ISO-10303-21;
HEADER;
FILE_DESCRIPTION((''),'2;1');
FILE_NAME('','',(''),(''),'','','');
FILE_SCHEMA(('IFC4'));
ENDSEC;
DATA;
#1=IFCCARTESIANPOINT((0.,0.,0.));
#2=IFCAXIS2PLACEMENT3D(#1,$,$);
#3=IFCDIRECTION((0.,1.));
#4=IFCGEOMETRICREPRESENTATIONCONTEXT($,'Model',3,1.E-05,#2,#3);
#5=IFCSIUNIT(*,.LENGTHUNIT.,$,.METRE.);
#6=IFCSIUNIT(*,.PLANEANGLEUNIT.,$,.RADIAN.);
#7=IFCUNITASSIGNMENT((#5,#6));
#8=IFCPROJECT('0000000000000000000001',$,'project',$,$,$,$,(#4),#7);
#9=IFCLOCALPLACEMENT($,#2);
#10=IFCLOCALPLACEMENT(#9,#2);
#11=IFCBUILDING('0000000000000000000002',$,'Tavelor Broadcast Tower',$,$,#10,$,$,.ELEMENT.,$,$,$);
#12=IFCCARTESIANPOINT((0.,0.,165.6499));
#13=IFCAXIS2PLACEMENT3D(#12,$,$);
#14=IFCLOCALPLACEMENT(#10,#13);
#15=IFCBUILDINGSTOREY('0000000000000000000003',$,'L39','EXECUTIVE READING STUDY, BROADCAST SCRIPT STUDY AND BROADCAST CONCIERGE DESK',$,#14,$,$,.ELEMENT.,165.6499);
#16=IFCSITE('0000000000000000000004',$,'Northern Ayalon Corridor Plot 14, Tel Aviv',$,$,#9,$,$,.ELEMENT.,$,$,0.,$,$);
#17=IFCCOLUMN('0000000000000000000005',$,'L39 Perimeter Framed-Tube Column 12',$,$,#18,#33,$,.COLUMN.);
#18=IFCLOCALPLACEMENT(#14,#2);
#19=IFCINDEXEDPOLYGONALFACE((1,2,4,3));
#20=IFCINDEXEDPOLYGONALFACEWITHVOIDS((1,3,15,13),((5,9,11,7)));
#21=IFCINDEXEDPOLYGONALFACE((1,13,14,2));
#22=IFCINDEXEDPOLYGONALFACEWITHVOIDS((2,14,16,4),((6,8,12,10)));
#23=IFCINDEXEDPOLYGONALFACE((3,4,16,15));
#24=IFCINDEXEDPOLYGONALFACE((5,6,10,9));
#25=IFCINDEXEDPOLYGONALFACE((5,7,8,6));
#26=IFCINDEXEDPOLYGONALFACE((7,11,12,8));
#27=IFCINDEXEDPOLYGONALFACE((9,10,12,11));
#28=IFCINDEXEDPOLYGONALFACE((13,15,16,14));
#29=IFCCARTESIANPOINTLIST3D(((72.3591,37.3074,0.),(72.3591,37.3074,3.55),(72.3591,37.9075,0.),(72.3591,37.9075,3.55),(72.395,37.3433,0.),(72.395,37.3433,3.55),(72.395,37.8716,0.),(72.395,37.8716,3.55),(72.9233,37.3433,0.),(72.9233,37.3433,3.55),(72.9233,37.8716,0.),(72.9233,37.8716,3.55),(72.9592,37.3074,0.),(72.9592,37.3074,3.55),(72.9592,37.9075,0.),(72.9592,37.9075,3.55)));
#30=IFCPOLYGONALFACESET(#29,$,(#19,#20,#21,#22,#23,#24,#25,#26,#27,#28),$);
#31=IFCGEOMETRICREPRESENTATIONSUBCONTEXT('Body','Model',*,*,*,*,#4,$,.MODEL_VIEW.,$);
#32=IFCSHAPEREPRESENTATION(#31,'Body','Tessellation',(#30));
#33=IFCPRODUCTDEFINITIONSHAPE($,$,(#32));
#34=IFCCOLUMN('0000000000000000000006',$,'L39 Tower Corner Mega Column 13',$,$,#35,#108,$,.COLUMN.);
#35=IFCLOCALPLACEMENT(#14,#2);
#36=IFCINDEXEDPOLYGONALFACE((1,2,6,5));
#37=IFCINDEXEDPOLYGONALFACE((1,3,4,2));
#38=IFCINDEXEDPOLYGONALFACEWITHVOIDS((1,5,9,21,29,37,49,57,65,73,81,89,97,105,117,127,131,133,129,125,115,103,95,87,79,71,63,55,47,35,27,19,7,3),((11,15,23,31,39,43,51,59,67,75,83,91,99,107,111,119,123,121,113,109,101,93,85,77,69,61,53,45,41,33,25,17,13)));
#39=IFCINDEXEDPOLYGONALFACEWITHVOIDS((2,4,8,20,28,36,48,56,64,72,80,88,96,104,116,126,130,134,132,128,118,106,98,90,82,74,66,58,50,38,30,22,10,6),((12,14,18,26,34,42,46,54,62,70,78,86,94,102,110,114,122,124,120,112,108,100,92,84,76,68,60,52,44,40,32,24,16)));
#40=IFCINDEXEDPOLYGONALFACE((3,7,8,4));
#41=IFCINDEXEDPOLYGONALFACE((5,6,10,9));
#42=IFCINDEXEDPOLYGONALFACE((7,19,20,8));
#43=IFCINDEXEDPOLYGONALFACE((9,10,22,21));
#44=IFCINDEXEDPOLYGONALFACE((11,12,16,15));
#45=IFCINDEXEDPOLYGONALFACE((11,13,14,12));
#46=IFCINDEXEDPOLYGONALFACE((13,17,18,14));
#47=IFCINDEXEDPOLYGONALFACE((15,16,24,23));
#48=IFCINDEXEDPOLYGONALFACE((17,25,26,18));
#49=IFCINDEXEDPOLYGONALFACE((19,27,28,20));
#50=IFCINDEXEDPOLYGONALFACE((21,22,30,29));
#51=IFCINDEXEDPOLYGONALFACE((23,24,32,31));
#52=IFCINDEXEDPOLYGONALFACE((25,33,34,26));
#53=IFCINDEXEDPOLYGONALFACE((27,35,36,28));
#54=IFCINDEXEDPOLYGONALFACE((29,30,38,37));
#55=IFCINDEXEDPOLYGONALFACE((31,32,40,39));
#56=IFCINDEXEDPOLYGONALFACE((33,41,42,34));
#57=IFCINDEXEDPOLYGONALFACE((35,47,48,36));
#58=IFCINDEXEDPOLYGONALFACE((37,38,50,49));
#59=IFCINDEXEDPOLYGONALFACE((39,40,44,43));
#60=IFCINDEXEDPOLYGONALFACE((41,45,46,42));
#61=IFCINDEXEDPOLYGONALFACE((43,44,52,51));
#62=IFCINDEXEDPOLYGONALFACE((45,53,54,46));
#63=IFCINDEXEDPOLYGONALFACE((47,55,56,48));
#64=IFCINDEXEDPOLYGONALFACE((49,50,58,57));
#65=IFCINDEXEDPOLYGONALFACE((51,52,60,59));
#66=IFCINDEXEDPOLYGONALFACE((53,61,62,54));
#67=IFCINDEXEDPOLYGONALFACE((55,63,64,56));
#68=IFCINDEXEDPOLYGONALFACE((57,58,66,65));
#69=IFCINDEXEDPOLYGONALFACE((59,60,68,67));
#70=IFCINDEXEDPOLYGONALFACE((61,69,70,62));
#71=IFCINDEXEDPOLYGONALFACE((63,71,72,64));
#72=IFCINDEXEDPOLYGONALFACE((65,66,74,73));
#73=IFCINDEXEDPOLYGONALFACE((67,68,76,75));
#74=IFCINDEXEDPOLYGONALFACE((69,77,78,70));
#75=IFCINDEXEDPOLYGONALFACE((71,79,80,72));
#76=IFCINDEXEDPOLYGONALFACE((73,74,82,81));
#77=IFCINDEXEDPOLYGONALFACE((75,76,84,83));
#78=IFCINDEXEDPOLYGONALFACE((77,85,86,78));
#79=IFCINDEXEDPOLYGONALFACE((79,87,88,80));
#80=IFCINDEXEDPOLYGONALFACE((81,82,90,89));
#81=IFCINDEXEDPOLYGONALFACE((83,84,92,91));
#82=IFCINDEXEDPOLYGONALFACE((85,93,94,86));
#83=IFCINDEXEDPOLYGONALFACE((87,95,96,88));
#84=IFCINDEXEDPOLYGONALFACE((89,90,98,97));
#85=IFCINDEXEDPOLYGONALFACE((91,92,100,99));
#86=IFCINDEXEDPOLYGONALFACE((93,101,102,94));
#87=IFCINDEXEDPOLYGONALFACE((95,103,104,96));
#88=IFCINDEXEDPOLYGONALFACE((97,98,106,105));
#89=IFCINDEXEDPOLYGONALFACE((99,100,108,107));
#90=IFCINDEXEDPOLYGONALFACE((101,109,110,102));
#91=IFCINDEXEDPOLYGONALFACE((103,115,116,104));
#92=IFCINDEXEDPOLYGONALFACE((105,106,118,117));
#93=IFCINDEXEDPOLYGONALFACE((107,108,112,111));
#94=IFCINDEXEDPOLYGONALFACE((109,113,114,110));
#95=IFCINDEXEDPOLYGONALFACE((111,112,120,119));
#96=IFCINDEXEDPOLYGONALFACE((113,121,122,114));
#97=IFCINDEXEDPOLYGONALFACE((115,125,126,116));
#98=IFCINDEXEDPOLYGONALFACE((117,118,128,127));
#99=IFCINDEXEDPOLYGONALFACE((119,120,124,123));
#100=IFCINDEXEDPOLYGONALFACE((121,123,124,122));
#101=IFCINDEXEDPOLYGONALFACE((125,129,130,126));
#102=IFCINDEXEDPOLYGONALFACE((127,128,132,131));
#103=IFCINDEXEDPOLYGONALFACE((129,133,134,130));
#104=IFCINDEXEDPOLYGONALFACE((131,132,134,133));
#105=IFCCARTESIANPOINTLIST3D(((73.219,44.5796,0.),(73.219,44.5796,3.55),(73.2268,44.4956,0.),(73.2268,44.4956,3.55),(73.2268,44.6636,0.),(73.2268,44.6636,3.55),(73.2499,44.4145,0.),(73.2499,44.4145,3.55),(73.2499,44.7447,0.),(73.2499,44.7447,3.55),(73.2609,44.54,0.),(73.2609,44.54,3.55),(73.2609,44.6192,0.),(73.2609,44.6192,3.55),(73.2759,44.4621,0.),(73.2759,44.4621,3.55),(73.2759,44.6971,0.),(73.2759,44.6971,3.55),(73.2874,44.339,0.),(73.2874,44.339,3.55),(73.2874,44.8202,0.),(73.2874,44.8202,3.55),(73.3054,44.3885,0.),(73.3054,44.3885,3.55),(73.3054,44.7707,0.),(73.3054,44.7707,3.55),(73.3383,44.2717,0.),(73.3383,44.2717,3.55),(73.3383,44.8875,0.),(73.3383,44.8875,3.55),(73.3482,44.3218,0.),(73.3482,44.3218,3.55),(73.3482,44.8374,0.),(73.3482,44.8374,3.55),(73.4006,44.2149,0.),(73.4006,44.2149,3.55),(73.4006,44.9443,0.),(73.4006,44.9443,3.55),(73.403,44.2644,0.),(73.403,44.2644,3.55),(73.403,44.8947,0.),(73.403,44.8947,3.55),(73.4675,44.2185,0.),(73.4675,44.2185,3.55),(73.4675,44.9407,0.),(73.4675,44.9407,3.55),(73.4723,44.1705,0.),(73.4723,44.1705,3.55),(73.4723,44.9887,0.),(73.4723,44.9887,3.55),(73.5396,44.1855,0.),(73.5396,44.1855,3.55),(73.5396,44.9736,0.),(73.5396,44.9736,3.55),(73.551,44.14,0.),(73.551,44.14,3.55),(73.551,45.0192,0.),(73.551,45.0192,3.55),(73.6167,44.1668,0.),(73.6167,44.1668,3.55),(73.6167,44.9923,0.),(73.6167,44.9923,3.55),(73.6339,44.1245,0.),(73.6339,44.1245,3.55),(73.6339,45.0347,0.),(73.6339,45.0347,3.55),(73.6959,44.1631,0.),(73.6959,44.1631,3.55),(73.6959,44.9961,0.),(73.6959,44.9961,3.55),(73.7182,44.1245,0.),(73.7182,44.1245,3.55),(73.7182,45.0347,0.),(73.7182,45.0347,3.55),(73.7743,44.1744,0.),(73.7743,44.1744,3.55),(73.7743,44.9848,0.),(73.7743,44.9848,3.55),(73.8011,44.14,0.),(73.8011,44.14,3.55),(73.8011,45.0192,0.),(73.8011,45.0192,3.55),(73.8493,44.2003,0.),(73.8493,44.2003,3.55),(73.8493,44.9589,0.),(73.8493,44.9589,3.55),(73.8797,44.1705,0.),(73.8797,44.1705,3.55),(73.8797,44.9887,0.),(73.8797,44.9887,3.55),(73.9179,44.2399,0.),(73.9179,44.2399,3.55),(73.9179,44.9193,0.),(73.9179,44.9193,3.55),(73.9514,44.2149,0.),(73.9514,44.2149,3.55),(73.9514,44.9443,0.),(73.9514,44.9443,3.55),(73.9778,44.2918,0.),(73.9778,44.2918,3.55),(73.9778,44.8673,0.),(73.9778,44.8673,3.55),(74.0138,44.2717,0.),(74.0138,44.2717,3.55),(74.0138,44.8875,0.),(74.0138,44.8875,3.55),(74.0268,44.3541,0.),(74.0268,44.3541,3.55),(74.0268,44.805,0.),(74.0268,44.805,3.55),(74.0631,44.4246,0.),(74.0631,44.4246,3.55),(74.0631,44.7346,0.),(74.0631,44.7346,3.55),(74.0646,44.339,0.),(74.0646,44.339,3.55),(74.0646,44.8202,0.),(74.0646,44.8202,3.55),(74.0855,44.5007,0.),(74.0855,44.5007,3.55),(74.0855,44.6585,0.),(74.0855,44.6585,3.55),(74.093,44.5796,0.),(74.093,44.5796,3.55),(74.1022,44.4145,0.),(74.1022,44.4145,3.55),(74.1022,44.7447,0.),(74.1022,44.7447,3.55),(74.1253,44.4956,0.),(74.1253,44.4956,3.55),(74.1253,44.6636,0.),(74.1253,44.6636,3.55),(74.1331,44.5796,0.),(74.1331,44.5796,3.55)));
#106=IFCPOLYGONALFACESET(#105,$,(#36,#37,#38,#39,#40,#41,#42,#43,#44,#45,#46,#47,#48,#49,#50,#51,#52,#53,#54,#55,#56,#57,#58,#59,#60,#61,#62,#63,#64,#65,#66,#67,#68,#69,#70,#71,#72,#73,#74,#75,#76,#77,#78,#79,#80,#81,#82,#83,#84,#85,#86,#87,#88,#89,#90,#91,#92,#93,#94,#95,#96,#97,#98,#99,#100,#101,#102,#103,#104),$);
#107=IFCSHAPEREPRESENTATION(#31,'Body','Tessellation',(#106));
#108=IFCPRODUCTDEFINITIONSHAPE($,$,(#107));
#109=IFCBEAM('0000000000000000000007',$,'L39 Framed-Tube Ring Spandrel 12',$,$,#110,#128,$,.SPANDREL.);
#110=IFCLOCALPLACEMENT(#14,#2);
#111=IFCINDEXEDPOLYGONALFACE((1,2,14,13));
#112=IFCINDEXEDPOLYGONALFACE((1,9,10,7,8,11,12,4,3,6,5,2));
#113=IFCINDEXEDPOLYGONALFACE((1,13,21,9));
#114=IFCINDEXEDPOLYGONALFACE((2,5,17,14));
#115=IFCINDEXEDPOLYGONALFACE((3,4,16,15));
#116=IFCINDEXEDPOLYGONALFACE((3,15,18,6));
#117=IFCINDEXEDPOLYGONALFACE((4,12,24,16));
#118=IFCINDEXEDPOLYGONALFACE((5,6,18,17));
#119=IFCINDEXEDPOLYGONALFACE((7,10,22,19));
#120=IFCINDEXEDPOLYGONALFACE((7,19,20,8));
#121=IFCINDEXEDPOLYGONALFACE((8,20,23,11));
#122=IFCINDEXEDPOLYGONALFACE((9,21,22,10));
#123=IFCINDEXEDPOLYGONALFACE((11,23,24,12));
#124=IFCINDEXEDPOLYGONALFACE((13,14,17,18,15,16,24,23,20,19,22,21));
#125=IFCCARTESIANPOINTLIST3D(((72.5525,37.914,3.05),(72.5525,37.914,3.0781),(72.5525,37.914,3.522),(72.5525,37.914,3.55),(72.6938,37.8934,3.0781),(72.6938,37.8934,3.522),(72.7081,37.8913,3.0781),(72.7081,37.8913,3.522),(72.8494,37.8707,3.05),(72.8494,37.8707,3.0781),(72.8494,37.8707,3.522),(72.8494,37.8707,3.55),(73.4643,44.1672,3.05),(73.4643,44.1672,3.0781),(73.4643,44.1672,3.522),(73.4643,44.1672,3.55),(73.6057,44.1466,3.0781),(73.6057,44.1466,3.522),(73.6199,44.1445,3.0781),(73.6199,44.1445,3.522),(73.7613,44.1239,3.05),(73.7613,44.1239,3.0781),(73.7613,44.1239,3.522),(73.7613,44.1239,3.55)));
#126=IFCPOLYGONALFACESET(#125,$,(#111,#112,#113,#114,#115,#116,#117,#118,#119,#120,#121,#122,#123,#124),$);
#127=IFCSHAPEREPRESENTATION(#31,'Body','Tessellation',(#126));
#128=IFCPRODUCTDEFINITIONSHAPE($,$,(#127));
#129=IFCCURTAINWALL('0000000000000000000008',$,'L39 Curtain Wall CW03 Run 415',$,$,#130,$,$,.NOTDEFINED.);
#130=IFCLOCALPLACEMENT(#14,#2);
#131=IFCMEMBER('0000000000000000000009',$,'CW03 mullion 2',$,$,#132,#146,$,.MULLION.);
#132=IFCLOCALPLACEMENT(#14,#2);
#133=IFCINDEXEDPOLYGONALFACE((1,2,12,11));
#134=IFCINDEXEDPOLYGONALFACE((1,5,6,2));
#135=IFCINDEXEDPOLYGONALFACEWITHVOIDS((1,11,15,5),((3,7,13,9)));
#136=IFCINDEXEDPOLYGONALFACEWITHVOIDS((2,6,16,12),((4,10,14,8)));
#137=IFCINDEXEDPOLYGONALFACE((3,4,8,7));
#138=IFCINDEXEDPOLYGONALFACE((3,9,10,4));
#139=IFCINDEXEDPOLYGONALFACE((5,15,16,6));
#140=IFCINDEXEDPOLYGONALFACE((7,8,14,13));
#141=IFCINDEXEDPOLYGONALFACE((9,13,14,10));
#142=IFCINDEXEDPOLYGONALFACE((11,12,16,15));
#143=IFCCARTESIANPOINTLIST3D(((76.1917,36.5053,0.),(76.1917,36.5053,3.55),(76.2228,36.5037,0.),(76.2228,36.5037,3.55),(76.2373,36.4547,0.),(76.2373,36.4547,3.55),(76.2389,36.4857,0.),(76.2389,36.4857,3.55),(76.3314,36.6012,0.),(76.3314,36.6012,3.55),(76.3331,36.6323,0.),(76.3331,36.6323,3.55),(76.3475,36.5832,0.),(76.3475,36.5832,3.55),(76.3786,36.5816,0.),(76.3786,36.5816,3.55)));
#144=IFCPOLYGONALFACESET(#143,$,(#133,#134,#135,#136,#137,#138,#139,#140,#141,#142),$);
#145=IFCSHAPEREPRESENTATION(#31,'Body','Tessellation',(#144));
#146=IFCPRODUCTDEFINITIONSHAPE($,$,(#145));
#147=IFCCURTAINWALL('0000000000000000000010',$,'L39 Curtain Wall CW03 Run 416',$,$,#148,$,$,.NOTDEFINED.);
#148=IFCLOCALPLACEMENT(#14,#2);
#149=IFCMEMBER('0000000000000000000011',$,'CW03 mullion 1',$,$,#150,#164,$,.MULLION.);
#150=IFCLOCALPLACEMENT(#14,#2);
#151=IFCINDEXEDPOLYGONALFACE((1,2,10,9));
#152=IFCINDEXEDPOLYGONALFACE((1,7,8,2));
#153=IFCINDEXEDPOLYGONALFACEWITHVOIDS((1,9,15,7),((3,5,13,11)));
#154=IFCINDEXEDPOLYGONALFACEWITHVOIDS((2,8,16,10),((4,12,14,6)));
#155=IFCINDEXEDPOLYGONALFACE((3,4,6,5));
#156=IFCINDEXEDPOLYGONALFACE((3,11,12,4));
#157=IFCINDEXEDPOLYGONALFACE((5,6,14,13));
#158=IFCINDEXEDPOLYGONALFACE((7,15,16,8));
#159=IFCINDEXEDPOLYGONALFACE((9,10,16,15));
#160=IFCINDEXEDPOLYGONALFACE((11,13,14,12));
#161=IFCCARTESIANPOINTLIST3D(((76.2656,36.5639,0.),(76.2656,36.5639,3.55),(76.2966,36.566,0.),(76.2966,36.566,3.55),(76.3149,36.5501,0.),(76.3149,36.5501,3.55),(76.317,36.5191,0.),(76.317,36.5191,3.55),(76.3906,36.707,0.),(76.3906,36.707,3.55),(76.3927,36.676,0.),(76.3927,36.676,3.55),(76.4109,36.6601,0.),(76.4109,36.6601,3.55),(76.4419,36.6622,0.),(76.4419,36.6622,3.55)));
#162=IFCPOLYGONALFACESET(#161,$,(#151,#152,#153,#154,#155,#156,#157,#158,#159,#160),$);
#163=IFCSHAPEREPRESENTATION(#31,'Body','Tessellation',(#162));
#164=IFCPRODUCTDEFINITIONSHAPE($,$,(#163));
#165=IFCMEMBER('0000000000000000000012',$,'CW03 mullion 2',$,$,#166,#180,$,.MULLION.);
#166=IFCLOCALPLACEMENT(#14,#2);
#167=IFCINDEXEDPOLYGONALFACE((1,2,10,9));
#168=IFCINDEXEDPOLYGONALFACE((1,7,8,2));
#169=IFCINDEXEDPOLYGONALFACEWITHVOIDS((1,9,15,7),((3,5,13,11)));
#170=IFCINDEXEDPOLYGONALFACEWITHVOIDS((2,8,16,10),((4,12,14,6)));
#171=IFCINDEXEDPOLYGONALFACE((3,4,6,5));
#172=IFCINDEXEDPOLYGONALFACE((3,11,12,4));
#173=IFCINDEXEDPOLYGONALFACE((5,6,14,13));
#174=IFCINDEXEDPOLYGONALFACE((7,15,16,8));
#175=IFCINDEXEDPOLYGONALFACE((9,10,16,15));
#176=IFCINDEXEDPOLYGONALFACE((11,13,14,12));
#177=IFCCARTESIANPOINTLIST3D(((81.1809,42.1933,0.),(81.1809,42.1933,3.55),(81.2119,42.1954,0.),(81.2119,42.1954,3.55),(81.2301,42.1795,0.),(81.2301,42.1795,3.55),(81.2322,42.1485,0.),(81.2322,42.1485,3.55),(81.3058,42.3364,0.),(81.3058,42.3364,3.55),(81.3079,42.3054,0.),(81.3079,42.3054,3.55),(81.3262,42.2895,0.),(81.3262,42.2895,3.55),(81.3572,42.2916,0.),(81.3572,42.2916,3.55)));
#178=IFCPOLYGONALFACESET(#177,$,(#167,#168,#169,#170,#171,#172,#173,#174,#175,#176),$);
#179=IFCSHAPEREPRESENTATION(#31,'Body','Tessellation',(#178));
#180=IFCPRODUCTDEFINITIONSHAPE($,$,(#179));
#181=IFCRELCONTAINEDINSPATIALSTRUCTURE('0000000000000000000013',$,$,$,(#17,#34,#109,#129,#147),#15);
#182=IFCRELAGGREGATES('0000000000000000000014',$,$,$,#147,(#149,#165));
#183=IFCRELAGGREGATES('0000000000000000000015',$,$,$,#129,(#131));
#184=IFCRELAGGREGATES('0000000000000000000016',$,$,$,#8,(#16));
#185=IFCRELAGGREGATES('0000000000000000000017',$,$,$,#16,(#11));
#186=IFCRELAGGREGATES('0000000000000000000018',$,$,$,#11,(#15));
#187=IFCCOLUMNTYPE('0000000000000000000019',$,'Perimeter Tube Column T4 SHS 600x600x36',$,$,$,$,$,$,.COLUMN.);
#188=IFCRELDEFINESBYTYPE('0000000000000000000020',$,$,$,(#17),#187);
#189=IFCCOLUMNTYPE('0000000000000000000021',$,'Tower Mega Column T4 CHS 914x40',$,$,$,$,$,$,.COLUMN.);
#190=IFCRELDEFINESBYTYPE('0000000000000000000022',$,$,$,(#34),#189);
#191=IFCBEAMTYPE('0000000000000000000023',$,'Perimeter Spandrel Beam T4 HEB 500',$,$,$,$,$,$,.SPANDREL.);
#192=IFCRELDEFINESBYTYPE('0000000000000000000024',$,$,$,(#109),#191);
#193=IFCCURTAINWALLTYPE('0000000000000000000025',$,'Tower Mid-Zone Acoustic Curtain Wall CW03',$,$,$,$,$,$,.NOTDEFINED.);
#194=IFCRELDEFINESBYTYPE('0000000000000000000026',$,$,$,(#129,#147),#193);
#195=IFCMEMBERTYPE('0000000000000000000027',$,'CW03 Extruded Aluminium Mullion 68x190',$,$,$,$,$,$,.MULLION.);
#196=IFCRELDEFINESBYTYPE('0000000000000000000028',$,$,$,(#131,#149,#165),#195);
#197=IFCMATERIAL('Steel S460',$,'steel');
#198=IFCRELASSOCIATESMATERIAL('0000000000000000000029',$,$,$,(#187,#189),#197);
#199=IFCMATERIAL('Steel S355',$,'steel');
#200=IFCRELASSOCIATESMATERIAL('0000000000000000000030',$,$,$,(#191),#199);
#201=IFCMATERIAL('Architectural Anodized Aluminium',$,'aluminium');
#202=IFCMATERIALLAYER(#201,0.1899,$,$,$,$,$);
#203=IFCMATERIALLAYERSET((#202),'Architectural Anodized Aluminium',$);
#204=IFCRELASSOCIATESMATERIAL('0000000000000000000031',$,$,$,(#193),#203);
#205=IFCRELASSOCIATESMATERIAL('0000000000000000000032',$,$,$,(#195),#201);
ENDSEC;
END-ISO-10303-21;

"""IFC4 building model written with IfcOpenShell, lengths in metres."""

from ifc_helpers import new_model, si_unit, direction, frame, origin, origin_2d, place, context, subcontext, project, spatial, hollow_rectangle, hollow_circle, i_section, extrude, source, transform, mapped, material, layer, layer_set, material_profile, profile_set, type_object, type_shapes, element, aggregate, save


model = new_model("IFC4")

# Units and contexts
model_context = context("Model", 3, precision=1e-05, world=origin(), true_north=direction((0.0, 1.0)))
body_context = subcontext(model_context, "Body", "Model", "MODEL_VIEW")
ifc_project = project(units=[si_unit("LENGTHUNIT", "METRE"), si_unit("PLANEANGLEUNIT", "RADIAN")], contexts=[model_context])

# Site, building, storey
site_placement = place(None, origin())
site = spatial("IfcSite", under=ifc_project, at=site_placement, Name="Northern Ayalon Corridor Plot 14, Tel Aviv", CompositionType="ELEMENT", RefElevation=0.0)
building_placement = place(site_placement, origin())
building = spatial("IfcBuilding", under=site, at=building_placement, Name="Tavelor Broadcast Tower", CompositionType="ELEMENT")
storey_placement = place(building_placement, frame((0.0, 0.0, 165.6499)))
storey = spatial("IfcBuildingStorey", under=building, at=storey_placement, Name="L39", Description="EXECUTIVE READING STUDY, BROADCAST SCRIPT STUDY AND BROADCAST CONCIERGE DESK", CompositionType="ELEMENT", Elevation=165.6499)

# Columns
ifc_material_1 = material(Name="Steel S460", Category="steel")
ifc_material_profile_1 = material_profile(ifc_material_1, hollow_rectangle(XDim=0.6001, YDim=0.6001, WallThickness=0.0359, at=origin_2d()), Name="SHS 600x600x36")
ifc_profile_set_1 = profile_set([ifc_material_profile_1], Name="Steel S460")
column_type_1 = type_object("IfcColumnType", Name="Perimeter Tube Column T4 SHS 600x600x36", PredefinedType="COLUMN", material=ifc_profile_set_1)
column_1_placement = place(storey_placement, frame((72.6592, 37.6074, 0.0), z_axis=(0.0, 0.0, 1.0), x_axis=(1.0, 0.0, 0.0)))
element("IfcColumn", 1, at=column_1_placement, inside=storey, type_object=column_type_1, Name="L39 Perimeter Framed-Tube Column 12", PredefinedType="COLUMN", context=body_context, shape_type="SweptSolid", body=[
    extrude(hollow_rectangle(XDim=0.6001, YDim=0.6001, WallThickness=0.0359, at=origin_2d()), origin(), (0.0, 0.0, 1.0), 3.55),
])
ifc_material_profile_2 = material_profile(ifc_material_1, hollow_circle(Radius=0.457, WallThickness=0.04, at=origin_2d()), Name="CHS 914x40")
ifc_profile_set_2 = profile_set([ifc_material_profile_2], Name="Steel S460")
column_type_2 = type_object("IfcColumnType", Name="Tower Mega Column T4 CHS 914x40", PredefinedType="COLUMN", material=ifc_profile_set_2)
column_2_placement = place(storey_placement, frame((73.676, 44.5796, 0.0), z_axis=(0.0, 0.0, 1.0), x_axis=(1.0, 0.0, 0.0)))
element("IfcColumn", 2, at=column_2_placement, inside=storey, type_object=column_type_2, Name="L39 Tower Corner Mega Column 13", PredefinedType="COLUMN", context=body_context, shape_type="SweptSolid", body=[
    extrude(hollow_circle(Radius=0.457, WallThickness=0.04, at=origin_2d()), origin(), (0.0, 0.0, 1.0), 3.55),
])

# Beam
ifc_material_2 = material(Name="Steel S355", Category="steel")
ifc_material_profile_3 = material_profile(ifc_material_2, i_section(OverallWidth=0.3, OverallDepth=0.5, WebThickness=0.0144, FlangeThickness=0.0281, at=origin_2d()), Name="HEB 500")
ifc_profile_set_3 = profile_set([ifc_material_profile_3], Name="Steel S355")
beam_type = type_object("IfcBeamType", Name="Perimeter Spandrel Beam T4 HEB 500", PredefinedType="SPANDREL", material=ifc_profile_set_3)
beam_placement = place(storey_placement, frame((72.7009, 37.8923, 3.3), z_axis=(0.144298, 0.989534, 0.0), x_axis=(-0.989534, 0.144298, 0.0)))
element("IfcBeam", 3, at=beam_placement, inside=storey, type_object=beam_type, Name="L39 Framed-Tube Ring Spandrel 12", PredefinedType="SPANDREL", context=body_context, shape_type="SweptSolid", body=[
    extrude(i_section(OverallWidth=0.3, OverallDepth=0.5, WebThickness=0.0144, FlangeThickness=0.0281, at=origin_2d()), origin(), (0.0, 0.0, 1.0), 6.3193),
])

# Curtain wall, member
ifc_material_3 = material(Name="Architectural Anodized Aluminium", Category="aluminium")
ifc_layer_1 = layer(ifc_material_3, 0.1899)
ifc_layer_set_1 = layer_set([ifc_layer_1], Name="Architectural Anodized Aluminium")
curtain_wall_type = type_object("IfcCurtainWallType", Name="Tower Mid-Zone Acoustic Curtain Wall CW03", PredefinedType="NOTDEFINED", material=ifc_layer_set_1)
curtain_wall_1_placement = place(storey_placement, origin())
curtain_wall_1 = element("IfcCurtainWall", 4, at=curtain_wall_1_placement, inside=storey, type_object=curtain_wall_type, Name="L39 Curtain Wall CW03 Run 415", PredefinedType="NOTDEFINED")
ifc_material_profile_4 = material_profile(ifc_material_3, hollow_rectangle(XDim=0.0681, YDim=0.1899, WallThickness=0.022, at=origin_2d()), Name="RHS 68x190x22")
ifc_profile_set_4 = profile_set([ifc_material_profile_4], Name="Architectural Anodized Aluminium")
member_type_1 = type_object("IfcMemberType", Name="CW03 Extruded Aluminium Mullion 68x190", PredefinedType="MULLION", material=ifc_profile_set_4)
shared_shape_1 = source(origin(), body_context, "Body", "SweptSolid", [
    extrude(hollow_rectangle(XDim=0.0681, YDim=0.1899, WallThickness=0.022, at=origin_2d()), origin(), (0.0, 0.0, 1.0), 3.55),
])
type_shapes(member_type_1, [shared_shape_1])
member_1_placement = place(storey_placement, frame((76.2852, 36.5435, 0.0), z_axis=(0.0, 0.0, 1.0), x_axis=(-0.668171, 0.744008, 0.0)))
member_1 = element("IfcMember", 5, at=member_1_placement, type_object=member_type_1, Name="CW03 mullion 2", PredefinedType="MULLION", context=body_context, shape_type="MappedRepresentation", body=[
    mapped(shared_shape_1, transform((0.0, 0.0, 0.0), scale=1.0)),
])

# Curtain wall, members
curtain_wall_2_placement = place(storey_placement, origin())
curtain_wall_2 = element("IfcCurtainWall", 6, at=curtain_wall_2_placement, inside=storey, type_object=curtain_wall_type, Name="L39 Curtain Wall CW03 Run 416", PredefinedType="NOTDEFINED")
member_2_placement = place(storey_placement, frame((76.3538, 36.613, 0.0), z_axis=(0.0, 0.0, 1.0), x_axis=(-0.753287, 0.657692, 0.0)))
member_2 = element("IfcMember", 7, at=member_2_placement, type_object=member_type_1, Name="CW03 mullion 1", PredefinedType="MULLION", context=body_context, shape_type="MappedRepresentation", body=[
    mapped(shared_shape_1, transform((0.0, 0.0, 0.0), scale=1.0)),
])
member_3_placement = place(storey_placement, frame((81.269, 42.2424, 0.0), z_axis=(0.0, 0.0, 1.0), x_axis=(-0.753287, 0.657692, 0.0)))
member_3 = element("IfcMember", 8, at=member_3_placement, type_object=member_type_1, Name="CW03 mullion 2", PredefinedType="MULLION", context=body_context, shape_type="MappedRepresentation", body=[
    mapped(shared_shape_1, transform((0.0, 0.0, 0.0), scale=1.0)),
])

aggregate(curtain_wall_2, [member_2, member_3])
aggregate(curtain_wall_1, [member_1])

save(model, "model.ifc")
